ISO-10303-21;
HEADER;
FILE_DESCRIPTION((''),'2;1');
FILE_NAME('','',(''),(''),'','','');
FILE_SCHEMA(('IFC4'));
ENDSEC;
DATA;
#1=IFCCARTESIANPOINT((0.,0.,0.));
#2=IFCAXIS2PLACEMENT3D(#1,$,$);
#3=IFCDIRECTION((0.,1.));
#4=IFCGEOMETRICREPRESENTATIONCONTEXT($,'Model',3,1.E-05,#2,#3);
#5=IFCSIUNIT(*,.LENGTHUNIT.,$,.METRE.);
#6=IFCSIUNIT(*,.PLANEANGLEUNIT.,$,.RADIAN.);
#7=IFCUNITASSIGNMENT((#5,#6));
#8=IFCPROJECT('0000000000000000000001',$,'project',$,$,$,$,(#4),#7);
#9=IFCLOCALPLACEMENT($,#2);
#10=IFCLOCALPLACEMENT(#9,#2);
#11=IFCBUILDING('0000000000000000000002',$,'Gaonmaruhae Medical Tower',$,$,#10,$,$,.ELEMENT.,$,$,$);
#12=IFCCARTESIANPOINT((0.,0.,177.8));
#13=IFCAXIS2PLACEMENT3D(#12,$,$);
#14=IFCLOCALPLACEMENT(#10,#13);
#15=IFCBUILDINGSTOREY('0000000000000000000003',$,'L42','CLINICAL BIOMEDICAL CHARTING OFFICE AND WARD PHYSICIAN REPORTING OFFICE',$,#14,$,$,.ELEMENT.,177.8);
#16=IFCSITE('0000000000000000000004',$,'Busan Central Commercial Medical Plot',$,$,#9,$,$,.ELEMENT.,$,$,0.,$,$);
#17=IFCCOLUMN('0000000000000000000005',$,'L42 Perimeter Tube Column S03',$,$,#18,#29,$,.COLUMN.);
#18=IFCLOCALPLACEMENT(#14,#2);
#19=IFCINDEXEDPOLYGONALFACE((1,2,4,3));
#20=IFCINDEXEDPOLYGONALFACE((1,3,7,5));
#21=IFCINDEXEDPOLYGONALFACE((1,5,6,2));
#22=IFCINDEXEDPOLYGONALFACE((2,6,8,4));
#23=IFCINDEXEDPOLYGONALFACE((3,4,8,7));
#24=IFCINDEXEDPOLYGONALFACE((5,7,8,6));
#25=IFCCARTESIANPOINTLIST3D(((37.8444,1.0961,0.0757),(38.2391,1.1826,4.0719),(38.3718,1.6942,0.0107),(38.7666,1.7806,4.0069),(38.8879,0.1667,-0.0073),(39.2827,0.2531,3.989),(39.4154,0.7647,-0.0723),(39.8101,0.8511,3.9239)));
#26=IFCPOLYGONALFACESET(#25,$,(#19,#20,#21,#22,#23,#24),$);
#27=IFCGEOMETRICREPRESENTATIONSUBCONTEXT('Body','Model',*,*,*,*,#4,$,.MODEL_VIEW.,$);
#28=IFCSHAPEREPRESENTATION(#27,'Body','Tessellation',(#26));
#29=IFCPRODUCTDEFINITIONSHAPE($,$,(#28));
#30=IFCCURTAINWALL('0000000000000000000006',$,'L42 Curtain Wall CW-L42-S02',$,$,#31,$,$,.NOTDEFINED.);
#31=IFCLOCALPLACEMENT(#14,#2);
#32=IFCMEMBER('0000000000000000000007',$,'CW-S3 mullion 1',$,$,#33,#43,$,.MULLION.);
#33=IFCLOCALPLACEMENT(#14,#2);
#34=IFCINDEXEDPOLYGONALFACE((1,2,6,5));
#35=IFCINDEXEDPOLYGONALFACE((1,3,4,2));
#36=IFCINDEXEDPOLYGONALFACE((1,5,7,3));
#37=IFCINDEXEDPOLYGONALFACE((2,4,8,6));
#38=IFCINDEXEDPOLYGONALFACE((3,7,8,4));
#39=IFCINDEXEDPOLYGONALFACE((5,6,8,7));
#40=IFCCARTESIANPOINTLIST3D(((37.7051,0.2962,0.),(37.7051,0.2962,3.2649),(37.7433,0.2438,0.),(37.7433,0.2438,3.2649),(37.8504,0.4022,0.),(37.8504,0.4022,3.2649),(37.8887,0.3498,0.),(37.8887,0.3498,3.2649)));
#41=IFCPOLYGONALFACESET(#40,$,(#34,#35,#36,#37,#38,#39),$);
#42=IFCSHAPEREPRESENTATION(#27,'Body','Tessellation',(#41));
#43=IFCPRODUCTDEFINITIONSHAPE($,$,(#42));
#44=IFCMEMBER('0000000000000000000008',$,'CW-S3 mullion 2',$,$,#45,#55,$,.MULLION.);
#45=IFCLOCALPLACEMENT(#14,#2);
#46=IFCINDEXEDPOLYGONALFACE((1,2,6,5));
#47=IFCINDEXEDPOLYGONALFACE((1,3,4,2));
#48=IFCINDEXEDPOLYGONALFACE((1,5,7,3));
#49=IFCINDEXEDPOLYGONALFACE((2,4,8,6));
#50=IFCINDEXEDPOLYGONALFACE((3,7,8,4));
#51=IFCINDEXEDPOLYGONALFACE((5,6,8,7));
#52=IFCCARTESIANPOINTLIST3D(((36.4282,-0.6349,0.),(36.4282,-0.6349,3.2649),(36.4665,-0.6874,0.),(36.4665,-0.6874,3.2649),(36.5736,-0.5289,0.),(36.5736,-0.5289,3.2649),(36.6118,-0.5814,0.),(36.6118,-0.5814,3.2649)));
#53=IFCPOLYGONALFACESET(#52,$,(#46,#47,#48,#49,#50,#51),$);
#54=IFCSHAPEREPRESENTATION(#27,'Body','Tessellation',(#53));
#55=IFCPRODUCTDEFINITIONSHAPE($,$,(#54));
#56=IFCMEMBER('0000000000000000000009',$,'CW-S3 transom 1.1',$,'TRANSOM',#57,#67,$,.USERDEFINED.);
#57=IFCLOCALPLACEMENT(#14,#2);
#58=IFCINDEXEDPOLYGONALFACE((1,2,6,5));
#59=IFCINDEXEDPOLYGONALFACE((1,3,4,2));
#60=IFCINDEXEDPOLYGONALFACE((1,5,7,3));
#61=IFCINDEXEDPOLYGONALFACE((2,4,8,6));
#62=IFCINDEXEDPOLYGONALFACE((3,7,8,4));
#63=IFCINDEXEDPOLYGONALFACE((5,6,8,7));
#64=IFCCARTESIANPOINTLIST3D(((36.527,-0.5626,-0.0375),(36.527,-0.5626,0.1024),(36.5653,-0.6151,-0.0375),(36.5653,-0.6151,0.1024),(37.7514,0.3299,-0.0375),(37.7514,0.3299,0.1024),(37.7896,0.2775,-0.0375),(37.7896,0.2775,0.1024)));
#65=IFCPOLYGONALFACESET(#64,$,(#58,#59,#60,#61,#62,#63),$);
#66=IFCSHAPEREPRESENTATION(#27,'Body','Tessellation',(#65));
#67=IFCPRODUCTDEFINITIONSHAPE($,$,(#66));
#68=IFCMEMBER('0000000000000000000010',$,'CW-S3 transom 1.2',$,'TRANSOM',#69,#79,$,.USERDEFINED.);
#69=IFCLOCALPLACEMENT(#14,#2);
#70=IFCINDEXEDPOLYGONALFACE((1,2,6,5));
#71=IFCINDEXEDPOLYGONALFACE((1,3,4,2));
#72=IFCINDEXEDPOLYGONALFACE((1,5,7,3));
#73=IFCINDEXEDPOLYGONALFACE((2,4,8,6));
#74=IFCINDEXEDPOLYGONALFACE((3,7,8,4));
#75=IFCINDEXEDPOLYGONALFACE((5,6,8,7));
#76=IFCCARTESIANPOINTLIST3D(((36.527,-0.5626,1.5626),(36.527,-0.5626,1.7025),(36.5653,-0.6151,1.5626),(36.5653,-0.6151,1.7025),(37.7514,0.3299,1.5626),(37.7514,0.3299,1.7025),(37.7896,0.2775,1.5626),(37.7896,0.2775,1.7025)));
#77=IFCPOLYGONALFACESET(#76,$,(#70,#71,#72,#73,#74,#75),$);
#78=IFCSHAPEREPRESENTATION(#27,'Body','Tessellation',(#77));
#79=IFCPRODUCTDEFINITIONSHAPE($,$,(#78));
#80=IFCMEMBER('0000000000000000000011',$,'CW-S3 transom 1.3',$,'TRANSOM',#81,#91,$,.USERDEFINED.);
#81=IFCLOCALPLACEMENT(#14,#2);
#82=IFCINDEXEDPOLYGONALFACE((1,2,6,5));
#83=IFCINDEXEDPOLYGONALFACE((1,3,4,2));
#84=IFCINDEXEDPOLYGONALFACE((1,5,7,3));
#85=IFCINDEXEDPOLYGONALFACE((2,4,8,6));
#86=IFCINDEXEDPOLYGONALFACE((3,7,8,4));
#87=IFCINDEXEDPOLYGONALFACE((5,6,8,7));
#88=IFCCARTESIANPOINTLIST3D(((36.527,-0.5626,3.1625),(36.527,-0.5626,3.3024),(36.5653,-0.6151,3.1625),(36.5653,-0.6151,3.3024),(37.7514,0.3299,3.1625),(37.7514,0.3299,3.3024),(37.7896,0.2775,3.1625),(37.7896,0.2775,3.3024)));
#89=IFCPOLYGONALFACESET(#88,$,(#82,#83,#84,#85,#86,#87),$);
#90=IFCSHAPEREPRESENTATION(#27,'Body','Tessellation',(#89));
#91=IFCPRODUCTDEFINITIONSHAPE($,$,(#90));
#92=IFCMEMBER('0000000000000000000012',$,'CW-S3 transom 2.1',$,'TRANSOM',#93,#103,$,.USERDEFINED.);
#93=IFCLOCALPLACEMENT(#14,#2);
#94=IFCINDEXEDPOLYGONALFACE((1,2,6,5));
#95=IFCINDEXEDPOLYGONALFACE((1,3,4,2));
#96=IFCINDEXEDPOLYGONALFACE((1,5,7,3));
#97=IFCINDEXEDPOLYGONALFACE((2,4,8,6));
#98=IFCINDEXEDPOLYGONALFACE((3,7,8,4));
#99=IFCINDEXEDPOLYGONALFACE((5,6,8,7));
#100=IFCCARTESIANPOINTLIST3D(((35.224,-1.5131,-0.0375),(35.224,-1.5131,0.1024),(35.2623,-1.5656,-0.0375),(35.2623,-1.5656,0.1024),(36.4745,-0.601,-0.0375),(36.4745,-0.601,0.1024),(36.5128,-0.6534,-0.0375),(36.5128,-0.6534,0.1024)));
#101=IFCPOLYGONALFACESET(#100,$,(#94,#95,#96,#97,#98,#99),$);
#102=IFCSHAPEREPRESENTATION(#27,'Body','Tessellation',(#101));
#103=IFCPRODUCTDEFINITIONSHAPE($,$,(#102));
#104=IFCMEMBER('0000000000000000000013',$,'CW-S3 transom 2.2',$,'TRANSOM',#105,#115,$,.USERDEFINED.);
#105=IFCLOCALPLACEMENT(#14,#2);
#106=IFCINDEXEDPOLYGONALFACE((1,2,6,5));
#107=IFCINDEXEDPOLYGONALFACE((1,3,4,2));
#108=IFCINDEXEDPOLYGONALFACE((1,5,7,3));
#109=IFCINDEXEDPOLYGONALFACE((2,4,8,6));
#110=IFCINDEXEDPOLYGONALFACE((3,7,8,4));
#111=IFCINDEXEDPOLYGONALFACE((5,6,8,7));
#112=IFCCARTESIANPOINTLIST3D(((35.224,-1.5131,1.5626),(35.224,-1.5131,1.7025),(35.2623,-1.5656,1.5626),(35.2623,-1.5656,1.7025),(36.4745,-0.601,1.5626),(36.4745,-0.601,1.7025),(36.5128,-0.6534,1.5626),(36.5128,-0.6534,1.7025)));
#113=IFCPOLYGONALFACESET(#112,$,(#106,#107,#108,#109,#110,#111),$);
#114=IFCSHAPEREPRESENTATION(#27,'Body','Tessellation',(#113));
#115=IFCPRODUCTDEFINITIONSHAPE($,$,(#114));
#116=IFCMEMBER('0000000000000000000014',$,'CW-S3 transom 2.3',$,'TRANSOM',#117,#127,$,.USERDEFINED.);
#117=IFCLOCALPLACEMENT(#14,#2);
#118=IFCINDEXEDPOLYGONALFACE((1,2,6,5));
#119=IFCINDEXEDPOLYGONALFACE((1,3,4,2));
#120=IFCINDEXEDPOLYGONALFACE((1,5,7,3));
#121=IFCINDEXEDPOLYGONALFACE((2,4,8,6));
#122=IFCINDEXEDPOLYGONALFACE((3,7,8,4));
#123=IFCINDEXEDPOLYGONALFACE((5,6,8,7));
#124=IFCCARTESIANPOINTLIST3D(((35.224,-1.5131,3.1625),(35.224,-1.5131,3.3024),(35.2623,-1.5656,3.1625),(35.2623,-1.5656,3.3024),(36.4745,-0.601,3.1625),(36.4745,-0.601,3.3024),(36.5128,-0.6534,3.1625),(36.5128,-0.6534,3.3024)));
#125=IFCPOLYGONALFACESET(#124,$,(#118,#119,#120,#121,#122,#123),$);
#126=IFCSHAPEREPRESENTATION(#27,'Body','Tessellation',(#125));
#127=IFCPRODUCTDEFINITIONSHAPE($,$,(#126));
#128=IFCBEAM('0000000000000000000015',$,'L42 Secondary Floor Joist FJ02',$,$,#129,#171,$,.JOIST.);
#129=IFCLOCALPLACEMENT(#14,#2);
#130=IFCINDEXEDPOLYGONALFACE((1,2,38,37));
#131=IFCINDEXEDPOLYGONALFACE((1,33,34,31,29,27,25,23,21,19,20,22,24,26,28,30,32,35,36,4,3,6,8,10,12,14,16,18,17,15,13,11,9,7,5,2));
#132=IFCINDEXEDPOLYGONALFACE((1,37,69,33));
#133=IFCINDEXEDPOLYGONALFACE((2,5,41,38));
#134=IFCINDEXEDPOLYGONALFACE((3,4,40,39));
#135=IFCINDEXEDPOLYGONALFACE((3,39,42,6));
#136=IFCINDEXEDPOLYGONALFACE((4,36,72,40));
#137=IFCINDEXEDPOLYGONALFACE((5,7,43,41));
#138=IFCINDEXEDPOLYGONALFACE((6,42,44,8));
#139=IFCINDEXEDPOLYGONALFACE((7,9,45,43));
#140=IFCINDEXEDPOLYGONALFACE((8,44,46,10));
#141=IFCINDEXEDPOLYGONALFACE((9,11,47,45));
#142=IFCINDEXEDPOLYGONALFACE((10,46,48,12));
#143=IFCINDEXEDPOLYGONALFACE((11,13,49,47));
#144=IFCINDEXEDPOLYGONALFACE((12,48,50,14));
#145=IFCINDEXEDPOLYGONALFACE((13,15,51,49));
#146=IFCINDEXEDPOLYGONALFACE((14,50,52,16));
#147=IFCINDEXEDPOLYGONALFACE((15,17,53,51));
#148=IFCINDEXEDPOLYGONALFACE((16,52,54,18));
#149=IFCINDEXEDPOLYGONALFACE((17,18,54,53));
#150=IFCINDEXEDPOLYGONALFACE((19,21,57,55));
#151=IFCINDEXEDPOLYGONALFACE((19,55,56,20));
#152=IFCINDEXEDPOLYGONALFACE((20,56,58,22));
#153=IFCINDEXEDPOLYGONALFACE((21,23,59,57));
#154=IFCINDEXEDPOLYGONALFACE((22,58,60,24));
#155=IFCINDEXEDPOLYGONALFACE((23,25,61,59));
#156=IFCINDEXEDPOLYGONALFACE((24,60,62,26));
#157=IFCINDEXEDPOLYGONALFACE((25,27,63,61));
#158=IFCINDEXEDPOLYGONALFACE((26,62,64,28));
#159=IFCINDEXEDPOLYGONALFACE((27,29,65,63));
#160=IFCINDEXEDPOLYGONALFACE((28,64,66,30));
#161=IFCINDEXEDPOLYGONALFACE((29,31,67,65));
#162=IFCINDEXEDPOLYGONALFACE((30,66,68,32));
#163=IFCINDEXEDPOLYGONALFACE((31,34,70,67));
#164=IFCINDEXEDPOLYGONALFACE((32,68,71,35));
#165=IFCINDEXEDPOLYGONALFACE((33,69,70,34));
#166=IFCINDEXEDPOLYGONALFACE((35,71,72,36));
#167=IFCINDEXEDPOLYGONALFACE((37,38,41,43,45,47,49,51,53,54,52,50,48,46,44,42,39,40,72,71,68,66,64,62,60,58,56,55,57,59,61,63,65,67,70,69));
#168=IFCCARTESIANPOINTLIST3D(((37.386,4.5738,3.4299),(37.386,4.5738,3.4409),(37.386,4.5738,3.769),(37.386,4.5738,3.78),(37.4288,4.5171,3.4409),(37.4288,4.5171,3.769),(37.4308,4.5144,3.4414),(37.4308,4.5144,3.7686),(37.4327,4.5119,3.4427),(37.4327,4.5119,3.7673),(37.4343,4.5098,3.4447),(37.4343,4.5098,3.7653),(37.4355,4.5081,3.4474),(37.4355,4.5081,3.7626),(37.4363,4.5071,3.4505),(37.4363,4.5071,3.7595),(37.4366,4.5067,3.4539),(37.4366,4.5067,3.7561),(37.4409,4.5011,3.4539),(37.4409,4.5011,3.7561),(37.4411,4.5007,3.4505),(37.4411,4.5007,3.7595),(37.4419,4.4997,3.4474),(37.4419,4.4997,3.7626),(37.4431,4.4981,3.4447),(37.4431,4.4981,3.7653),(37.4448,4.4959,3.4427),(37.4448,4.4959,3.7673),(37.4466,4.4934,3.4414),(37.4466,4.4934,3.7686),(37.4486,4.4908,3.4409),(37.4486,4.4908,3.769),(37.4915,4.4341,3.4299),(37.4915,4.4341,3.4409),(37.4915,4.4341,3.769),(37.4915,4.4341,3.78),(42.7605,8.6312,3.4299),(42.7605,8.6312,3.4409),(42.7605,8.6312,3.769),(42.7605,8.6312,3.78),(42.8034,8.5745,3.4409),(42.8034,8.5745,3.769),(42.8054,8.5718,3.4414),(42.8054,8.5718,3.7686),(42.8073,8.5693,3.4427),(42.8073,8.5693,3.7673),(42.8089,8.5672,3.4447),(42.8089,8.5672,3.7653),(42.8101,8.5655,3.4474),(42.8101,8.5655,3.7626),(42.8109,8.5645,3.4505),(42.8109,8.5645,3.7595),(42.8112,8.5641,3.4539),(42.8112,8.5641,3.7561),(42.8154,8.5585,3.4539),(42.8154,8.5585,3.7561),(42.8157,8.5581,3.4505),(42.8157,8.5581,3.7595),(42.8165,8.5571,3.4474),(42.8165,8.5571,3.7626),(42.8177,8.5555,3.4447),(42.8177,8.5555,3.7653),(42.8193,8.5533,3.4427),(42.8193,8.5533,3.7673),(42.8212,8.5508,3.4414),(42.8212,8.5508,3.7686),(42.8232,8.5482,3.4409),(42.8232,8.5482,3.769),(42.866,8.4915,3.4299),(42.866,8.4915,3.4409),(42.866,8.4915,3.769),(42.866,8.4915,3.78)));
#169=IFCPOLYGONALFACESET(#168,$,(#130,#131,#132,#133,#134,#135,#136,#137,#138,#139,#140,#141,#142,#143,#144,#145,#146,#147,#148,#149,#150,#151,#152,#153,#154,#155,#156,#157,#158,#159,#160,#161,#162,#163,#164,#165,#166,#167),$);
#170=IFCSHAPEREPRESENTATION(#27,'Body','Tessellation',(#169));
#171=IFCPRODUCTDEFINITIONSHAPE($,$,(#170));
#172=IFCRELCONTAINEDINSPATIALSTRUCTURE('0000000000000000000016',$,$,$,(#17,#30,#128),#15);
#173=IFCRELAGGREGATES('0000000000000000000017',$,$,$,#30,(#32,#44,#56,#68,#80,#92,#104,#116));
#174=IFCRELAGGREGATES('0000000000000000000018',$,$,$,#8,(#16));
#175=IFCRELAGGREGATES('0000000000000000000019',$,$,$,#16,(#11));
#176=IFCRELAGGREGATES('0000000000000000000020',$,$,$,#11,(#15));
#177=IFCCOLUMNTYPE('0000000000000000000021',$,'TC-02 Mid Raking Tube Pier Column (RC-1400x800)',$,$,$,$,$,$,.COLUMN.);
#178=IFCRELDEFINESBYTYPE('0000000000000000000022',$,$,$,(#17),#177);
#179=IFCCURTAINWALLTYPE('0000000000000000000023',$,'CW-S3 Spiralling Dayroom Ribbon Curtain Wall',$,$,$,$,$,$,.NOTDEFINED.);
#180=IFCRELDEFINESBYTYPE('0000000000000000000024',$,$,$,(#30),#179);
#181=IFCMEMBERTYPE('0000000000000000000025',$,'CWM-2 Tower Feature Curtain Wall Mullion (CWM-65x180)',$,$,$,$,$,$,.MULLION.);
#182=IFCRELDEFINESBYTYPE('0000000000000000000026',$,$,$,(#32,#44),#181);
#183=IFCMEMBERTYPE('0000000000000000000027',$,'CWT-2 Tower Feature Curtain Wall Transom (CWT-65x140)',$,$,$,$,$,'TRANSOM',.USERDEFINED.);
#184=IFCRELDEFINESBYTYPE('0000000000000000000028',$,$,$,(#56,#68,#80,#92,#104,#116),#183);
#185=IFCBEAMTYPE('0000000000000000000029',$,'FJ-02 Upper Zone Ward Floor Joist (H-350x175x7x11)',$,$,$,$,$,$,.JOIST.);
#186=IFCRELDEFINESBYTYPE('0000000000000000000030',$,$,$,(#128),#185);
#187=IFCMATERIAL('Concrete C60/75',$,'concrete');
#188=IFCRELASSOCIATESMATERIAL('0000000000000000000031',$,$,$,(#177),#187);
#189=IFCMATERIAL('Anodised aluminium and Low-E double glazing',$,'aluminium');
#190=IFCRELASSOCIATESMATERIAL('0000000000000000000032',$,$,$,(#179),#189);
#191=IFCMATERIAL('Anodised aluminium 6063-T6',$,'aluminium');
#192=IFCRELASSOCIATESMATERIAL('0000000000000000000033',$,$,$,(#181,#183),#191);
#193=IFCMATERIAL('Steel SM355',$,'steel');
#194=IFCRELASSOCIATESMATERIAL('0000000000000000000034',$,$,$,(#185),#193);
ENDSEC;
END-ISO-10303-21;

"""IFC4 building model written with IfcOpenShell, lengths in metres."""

from ifc_helpers import new_model, si_unit, direction, frame, origin, origin_2d, place, context, subcontext, project, spatial, rectangle, i_section, extrude, material, material_profile, profile_set, type_object, element, aggregate, save


model = new_model("IFC4")

# Units and contexts
model_context = context("Model", 3, precision=1e-05, world=origin(), true_north=direction((0.0, 1.0)))
body_context = subcontext(model_context, "Body", "Model", "MODEL_VIEW")
ifc_project = project(units=[si_unit("LENGTHUNIT", "METRE"), si_unit("PLANEANGLEUNIT", "RADIAN")], contexts=[model_context])

# Site, building, storey
site_placement = place(None, origin())
site = spatial("IfcSite", under=ifc_project, at=site_placement, Name="Busan Central Commercial Medical Plot", CompositionType="ELEMENT", RefElevation=0.0)
building_placement = place(site_placement, origin())
building = spatial("IfcBuilding", under=site, at=building_placement, Name="Gaonmaruhae Medical Tower", CompositionType="ELEMENT")
storey_placement = place(building_placement, frame((0.0, 0.0, 177.8)))
storey = spatial("IfcBuildingStorey", under=building, at=storey_placement, Name="L42", Description="CLINICAL BIOMEDICAL CHARTING OFFICE AND WARD PHYSICIAN REPORTING OFFICE", CompositionType="ELEMENT", Elevation=177.8)

# Column
ifc_material_1 = material(Name="Concrete C60/75", Category="concrete")
ifc_material_profile_1 = material_profile(ifc_material_1, rectangle(XDim=1.3999, YDim=0.8, at=origin_2d()), Name="RC-1400x800")
ifc_profile_set_1 = profile_set([ifc_material_profile_1], Name="Concrete C60/75")
column_type = type_object("IfcColumnType", Name="TC-02 Mid Raking Tube Pier Column (RC-1400x800)", PredefinedType="COLUMN", material=ifc_profile_set_1)
column_placement = place(storey_placement, frame((38.6299, 0.9304, 0.0017), z_axis=(0.098283, 0.021517, 0.994926), x_axis=(-0.74544, 0.663931, 0.059279)))
element("IfcColumn", 1, at=column_placement, inside=storey, type_object=column_type, Name="L42 Perimeter Tube Column S03", PredefinedType="COLUMN", context=body_context, shape_type="SweptSolid", body=[
    extrude(rectangle(XDim=1.3999, YDim=0.8, at=origin_2d()), origin(), (0.0, 0.0, 1.0), 4.0166),
])

# Curtain wall, members
ifc_material_2 = material(Name="Anodised aluminium and Low-E double glazing", Category="aluminium")
curtain_wall_type = type_object("IfcCurtainWallType", Name="CW-S3 Spiralling Dayroom Ribbon Curtain Wall", PredefinedType="NOTDEFINED", material=ifc_material_2)
curtain_wall_placement = place(storey_placement, origin())
curtain_wall = element("IfcCurtainWall", 2, at=curtain_wall_placement, inside=storey, type_object=curtain_wall_type, Name="L42 Curtain Wall CW-L42-S02", PredefinedType="NOTDEFINED")
ifc_material_3 = material(Name="Anodised aluminium 6063-T6", Category="aluminium")
ifc_material_profile_2 = material_profile(ifc_material_3, rectangle(XDim=0.0649, YDim=0.1799, at=origin_2d()), Name="CWM-65x180")
ifc_profile_set_2 = profile_set([ifc_material_profile_2], Name="Anodised aluminium 6063-T6")
member_type_1 = type_object("IfcMemberType", Name="CWM-2 Tower Feature Curtain Wall Mullion (CWM-65x180)", PredefinedType="MULLION", material=ifc_profile_set_2)
member_1_placement = place(storey_placement, frame((37.7969, 0.323, 0.0), z_axis=(0.0, 0.0, 1.0), x_axis=(0.589195, -0.807991, 0.0)))
member_1 = element("IfcMember", 3, at=member_1_placement, type_object=member_type_1, Name="CW-S3 mullion 1", PredefinedType="MULLION", context=body_context, shape_type="SweptSolid", body=[
    extrude(rectangle(XDim=0.0649, YDim=0.1799, at=origin_2d()), origin(), (0.0, 0.0, 1.0), 3.2649),
])
member_2_placement = place(storey_placement, frame((36.52, -0.6082, 0.0), z_axis=(0.0, 0.0, 1.0), x_axis=(0.589195, -0.807991, 0.0)))
member_2 = element("IfcMember", 4, at=member_2_placement, type_object=member_type_1, Name="CW-S3 mullion 2", PredefinedType="MULLION", context=body_context, shape_type="SweptSolid", body=[
    extrude(rectangle(XDim=0.0649, YDim=0.1799, at=origin_2d()), origin(), (0.0, 0.0, 1.0), 3.2649),
])
ifc_material_profile_3 = material_profile(ifc_material_3, rectangle(XDim=0.0649, YDim=0.1399, at=origin_2d()), Name="CWT-65x140")
ifc_profile_set_3 = profile_set([ifc_material_profile_3], Name="Anodised aluminium 6063-T6")
member_type_2 = type_object("IfcMemberType", Name="CWT-2 Tower Feature Curtain Wall Transom (CWT-65x140)", ElementType="TRANSOM", PredefinedType="USERDEFINED", material=ifc_profile_set_3)
member_3_placement = place(storey_placement, frame((37.7705, 0.3037, 0.0325), z_axis=(-0.808067, -0.589091, 0.0), x_axis=(0.589091, -0.808067, 0.0)))
member_3 = element("IfcMember", 5, at=member_3_placement, type_object=member_type_2, Name="CW-S3 transom 1.1", ObjectType="TRANSOM", PredefinedType="USERDEFINED", context=body_context, shape_type="SweptSolid", body=[
    extrude(rectangle(XDim=0.0649, YDim=0.1399, at=origin_2d()), origin(), (0.0, 0.0, 1.0), 1.5151),
])
member_4_placement = place(storey_placement, frame((37.7705, 0.3037, 1.6326), z_axis=(-0.808067, -0.589091, 0.0), x_axis=(0.589091, -0.808067, 0.0)))
member_4 = element("IfcMember", 6, at=member_4_placement, type_object=member_type_2, Name="CW-S3 transom 1.2", ObjectType="TRANSOM", PredefinedType="USERDEFINED", context=body_context, shape_type="SweptSolid", body=[
    extrude(rectangle(XDim=0.0649, YDim=0.1399, at=origin_2d()), origin(), (0.0, 0.0, 1.0), 1.5151),
])
member_5_placement = place(storey_placement, frame((37.7705, 0.3037, 3.2324), z_axis=(-0.808067, -0.589091, 0.0), x_axis=(0.589091, -0.808067, 0.0)))
member_5 = element("IfcMember", 7, at=member_5_placement, type_object=member_type_2, Name="CW-S3 transom 1.3", ObjectType="TRANSOM", PredefinedType="USERDEFINED", context=body_context, shape_type="SweptSolid", body=[
    extrude(rectangle(XDim=0.0649, YDim=0.1399, at=origin_2d()), origin(), (0.0, 0.0, 1.0), 1.5151),
])
member_6_placement = place(storey_placement, frame((36.4937, -0.6272, 0.0325), z_axis=(-0.807917, -0.589297, 0.0), x_axis=(0.589297, -0.807917, 0.0)))
member_6 = element("IfcMember", 8, at=member_6_placement, type_object=member_type_2, Name="CW-S3 transom 2.1", ObjectType="TRANSOM", PredefinedType="USERDEFINED", context=body_context, shape_type="SweptSolid", body=[
    extrude(rectangle(XDim=0.0649, YDim=0.1399, at=origin_2d()), origin(), (0.0, 0.0, 1.0), 1.5479),
])
member_7_placement = place(storey_placement, frame((36.4937, -0.6272, 1.6326), z_axis=(-0.807917, -0.589297, 0.0), x_axis=(0.589297, -0.807917, 0.0)))
member_7 = element("IfcMember", 9, at=member_7_placement, type_object=member_type_2, Name="CW-S3 transom 2.2", ObjectType="TRANSOM", PredefinedType="USERDEFINED", context=body_context, shape_type="SweptSolid", body=[
    extrude(rectangle(XDim=0.0649, YDim=0.1399, at=origin_2d()), origin(), (0.0, 0.0, 1.0), 1.5479),
])
member_8_placement = place(storey_placement, frame((36.4937, -0.6272, 3.2324), z_axis=(-0.807917, -0.589297, 0.0), x_axis=(0.589297, -0.807917, 0.0)))
member_8 = element("IfcMember", 10, at=member_8_placement, type_object=member_type_2, Name="CW-S3 transom 2.3", ObjectType="TRANSOM", PredefinedType="USERDEFINED", context=body_context, shape_type="SweptSolid", body=[
    extrude(rectangle(XDim=0.0649, YDim=0.1399, at=origin_2d()), origin(), (0.0, 0.0, 1.0), 1.5479),
])

# Beam
ifc_material_4 = material(Name="Steel SM355", Category="steel")
ifc_material_profile_4 = material_profile(ifc_material_4, i_section(OverallWidth=0.175, OverallDepth=0.3501, WebThickness=0.0071, FlangeThickness=0.011, FilletRadius=0.0129, at=origin_2d()), Name="H-350x175x7x11")
ifc_profile_set_4 = profile_set([ifc_material_profile_4], Name="Steel SM355")
beam_type_1 = type_object("IfcBeamType", Name="FJ-02 Upper Zone Ward Floor Joist (H-350x175x7x11)", PredefinedType="JOIST", material=ifc_profile_set_4)
beam_1_placement = place(storey_placement, frame((37.4387, 4.5039, 3.605), z_axis=(0.798108, 0.602515, 0.0), x_axis=(-0.602515, 0.798108, 0.0)))
element("IfcBeam", 11, at=beam_1_placement, inside=storey, type_object=beam_type_1, Name="L42 Secondary Floor Joist FJ02", PredefinedType="JOIST", context=body_context, shape_type="SweptSolid", body=[
    extrude(i_section(OverallWidth=0.175, OverallDepth=0.3501, WebThickness=0.0071, FlangeThickness=0.011, FilletRadius=0.0129, at=origin_2d()), origin(), (0.0, 0.0, 1.0), 6.7341),
])

aggregate(curtain_wall, [member_1, member_2, member_3, member_4, member_5, member_6, member_7, member_8])

save(model, "model.ifc")
